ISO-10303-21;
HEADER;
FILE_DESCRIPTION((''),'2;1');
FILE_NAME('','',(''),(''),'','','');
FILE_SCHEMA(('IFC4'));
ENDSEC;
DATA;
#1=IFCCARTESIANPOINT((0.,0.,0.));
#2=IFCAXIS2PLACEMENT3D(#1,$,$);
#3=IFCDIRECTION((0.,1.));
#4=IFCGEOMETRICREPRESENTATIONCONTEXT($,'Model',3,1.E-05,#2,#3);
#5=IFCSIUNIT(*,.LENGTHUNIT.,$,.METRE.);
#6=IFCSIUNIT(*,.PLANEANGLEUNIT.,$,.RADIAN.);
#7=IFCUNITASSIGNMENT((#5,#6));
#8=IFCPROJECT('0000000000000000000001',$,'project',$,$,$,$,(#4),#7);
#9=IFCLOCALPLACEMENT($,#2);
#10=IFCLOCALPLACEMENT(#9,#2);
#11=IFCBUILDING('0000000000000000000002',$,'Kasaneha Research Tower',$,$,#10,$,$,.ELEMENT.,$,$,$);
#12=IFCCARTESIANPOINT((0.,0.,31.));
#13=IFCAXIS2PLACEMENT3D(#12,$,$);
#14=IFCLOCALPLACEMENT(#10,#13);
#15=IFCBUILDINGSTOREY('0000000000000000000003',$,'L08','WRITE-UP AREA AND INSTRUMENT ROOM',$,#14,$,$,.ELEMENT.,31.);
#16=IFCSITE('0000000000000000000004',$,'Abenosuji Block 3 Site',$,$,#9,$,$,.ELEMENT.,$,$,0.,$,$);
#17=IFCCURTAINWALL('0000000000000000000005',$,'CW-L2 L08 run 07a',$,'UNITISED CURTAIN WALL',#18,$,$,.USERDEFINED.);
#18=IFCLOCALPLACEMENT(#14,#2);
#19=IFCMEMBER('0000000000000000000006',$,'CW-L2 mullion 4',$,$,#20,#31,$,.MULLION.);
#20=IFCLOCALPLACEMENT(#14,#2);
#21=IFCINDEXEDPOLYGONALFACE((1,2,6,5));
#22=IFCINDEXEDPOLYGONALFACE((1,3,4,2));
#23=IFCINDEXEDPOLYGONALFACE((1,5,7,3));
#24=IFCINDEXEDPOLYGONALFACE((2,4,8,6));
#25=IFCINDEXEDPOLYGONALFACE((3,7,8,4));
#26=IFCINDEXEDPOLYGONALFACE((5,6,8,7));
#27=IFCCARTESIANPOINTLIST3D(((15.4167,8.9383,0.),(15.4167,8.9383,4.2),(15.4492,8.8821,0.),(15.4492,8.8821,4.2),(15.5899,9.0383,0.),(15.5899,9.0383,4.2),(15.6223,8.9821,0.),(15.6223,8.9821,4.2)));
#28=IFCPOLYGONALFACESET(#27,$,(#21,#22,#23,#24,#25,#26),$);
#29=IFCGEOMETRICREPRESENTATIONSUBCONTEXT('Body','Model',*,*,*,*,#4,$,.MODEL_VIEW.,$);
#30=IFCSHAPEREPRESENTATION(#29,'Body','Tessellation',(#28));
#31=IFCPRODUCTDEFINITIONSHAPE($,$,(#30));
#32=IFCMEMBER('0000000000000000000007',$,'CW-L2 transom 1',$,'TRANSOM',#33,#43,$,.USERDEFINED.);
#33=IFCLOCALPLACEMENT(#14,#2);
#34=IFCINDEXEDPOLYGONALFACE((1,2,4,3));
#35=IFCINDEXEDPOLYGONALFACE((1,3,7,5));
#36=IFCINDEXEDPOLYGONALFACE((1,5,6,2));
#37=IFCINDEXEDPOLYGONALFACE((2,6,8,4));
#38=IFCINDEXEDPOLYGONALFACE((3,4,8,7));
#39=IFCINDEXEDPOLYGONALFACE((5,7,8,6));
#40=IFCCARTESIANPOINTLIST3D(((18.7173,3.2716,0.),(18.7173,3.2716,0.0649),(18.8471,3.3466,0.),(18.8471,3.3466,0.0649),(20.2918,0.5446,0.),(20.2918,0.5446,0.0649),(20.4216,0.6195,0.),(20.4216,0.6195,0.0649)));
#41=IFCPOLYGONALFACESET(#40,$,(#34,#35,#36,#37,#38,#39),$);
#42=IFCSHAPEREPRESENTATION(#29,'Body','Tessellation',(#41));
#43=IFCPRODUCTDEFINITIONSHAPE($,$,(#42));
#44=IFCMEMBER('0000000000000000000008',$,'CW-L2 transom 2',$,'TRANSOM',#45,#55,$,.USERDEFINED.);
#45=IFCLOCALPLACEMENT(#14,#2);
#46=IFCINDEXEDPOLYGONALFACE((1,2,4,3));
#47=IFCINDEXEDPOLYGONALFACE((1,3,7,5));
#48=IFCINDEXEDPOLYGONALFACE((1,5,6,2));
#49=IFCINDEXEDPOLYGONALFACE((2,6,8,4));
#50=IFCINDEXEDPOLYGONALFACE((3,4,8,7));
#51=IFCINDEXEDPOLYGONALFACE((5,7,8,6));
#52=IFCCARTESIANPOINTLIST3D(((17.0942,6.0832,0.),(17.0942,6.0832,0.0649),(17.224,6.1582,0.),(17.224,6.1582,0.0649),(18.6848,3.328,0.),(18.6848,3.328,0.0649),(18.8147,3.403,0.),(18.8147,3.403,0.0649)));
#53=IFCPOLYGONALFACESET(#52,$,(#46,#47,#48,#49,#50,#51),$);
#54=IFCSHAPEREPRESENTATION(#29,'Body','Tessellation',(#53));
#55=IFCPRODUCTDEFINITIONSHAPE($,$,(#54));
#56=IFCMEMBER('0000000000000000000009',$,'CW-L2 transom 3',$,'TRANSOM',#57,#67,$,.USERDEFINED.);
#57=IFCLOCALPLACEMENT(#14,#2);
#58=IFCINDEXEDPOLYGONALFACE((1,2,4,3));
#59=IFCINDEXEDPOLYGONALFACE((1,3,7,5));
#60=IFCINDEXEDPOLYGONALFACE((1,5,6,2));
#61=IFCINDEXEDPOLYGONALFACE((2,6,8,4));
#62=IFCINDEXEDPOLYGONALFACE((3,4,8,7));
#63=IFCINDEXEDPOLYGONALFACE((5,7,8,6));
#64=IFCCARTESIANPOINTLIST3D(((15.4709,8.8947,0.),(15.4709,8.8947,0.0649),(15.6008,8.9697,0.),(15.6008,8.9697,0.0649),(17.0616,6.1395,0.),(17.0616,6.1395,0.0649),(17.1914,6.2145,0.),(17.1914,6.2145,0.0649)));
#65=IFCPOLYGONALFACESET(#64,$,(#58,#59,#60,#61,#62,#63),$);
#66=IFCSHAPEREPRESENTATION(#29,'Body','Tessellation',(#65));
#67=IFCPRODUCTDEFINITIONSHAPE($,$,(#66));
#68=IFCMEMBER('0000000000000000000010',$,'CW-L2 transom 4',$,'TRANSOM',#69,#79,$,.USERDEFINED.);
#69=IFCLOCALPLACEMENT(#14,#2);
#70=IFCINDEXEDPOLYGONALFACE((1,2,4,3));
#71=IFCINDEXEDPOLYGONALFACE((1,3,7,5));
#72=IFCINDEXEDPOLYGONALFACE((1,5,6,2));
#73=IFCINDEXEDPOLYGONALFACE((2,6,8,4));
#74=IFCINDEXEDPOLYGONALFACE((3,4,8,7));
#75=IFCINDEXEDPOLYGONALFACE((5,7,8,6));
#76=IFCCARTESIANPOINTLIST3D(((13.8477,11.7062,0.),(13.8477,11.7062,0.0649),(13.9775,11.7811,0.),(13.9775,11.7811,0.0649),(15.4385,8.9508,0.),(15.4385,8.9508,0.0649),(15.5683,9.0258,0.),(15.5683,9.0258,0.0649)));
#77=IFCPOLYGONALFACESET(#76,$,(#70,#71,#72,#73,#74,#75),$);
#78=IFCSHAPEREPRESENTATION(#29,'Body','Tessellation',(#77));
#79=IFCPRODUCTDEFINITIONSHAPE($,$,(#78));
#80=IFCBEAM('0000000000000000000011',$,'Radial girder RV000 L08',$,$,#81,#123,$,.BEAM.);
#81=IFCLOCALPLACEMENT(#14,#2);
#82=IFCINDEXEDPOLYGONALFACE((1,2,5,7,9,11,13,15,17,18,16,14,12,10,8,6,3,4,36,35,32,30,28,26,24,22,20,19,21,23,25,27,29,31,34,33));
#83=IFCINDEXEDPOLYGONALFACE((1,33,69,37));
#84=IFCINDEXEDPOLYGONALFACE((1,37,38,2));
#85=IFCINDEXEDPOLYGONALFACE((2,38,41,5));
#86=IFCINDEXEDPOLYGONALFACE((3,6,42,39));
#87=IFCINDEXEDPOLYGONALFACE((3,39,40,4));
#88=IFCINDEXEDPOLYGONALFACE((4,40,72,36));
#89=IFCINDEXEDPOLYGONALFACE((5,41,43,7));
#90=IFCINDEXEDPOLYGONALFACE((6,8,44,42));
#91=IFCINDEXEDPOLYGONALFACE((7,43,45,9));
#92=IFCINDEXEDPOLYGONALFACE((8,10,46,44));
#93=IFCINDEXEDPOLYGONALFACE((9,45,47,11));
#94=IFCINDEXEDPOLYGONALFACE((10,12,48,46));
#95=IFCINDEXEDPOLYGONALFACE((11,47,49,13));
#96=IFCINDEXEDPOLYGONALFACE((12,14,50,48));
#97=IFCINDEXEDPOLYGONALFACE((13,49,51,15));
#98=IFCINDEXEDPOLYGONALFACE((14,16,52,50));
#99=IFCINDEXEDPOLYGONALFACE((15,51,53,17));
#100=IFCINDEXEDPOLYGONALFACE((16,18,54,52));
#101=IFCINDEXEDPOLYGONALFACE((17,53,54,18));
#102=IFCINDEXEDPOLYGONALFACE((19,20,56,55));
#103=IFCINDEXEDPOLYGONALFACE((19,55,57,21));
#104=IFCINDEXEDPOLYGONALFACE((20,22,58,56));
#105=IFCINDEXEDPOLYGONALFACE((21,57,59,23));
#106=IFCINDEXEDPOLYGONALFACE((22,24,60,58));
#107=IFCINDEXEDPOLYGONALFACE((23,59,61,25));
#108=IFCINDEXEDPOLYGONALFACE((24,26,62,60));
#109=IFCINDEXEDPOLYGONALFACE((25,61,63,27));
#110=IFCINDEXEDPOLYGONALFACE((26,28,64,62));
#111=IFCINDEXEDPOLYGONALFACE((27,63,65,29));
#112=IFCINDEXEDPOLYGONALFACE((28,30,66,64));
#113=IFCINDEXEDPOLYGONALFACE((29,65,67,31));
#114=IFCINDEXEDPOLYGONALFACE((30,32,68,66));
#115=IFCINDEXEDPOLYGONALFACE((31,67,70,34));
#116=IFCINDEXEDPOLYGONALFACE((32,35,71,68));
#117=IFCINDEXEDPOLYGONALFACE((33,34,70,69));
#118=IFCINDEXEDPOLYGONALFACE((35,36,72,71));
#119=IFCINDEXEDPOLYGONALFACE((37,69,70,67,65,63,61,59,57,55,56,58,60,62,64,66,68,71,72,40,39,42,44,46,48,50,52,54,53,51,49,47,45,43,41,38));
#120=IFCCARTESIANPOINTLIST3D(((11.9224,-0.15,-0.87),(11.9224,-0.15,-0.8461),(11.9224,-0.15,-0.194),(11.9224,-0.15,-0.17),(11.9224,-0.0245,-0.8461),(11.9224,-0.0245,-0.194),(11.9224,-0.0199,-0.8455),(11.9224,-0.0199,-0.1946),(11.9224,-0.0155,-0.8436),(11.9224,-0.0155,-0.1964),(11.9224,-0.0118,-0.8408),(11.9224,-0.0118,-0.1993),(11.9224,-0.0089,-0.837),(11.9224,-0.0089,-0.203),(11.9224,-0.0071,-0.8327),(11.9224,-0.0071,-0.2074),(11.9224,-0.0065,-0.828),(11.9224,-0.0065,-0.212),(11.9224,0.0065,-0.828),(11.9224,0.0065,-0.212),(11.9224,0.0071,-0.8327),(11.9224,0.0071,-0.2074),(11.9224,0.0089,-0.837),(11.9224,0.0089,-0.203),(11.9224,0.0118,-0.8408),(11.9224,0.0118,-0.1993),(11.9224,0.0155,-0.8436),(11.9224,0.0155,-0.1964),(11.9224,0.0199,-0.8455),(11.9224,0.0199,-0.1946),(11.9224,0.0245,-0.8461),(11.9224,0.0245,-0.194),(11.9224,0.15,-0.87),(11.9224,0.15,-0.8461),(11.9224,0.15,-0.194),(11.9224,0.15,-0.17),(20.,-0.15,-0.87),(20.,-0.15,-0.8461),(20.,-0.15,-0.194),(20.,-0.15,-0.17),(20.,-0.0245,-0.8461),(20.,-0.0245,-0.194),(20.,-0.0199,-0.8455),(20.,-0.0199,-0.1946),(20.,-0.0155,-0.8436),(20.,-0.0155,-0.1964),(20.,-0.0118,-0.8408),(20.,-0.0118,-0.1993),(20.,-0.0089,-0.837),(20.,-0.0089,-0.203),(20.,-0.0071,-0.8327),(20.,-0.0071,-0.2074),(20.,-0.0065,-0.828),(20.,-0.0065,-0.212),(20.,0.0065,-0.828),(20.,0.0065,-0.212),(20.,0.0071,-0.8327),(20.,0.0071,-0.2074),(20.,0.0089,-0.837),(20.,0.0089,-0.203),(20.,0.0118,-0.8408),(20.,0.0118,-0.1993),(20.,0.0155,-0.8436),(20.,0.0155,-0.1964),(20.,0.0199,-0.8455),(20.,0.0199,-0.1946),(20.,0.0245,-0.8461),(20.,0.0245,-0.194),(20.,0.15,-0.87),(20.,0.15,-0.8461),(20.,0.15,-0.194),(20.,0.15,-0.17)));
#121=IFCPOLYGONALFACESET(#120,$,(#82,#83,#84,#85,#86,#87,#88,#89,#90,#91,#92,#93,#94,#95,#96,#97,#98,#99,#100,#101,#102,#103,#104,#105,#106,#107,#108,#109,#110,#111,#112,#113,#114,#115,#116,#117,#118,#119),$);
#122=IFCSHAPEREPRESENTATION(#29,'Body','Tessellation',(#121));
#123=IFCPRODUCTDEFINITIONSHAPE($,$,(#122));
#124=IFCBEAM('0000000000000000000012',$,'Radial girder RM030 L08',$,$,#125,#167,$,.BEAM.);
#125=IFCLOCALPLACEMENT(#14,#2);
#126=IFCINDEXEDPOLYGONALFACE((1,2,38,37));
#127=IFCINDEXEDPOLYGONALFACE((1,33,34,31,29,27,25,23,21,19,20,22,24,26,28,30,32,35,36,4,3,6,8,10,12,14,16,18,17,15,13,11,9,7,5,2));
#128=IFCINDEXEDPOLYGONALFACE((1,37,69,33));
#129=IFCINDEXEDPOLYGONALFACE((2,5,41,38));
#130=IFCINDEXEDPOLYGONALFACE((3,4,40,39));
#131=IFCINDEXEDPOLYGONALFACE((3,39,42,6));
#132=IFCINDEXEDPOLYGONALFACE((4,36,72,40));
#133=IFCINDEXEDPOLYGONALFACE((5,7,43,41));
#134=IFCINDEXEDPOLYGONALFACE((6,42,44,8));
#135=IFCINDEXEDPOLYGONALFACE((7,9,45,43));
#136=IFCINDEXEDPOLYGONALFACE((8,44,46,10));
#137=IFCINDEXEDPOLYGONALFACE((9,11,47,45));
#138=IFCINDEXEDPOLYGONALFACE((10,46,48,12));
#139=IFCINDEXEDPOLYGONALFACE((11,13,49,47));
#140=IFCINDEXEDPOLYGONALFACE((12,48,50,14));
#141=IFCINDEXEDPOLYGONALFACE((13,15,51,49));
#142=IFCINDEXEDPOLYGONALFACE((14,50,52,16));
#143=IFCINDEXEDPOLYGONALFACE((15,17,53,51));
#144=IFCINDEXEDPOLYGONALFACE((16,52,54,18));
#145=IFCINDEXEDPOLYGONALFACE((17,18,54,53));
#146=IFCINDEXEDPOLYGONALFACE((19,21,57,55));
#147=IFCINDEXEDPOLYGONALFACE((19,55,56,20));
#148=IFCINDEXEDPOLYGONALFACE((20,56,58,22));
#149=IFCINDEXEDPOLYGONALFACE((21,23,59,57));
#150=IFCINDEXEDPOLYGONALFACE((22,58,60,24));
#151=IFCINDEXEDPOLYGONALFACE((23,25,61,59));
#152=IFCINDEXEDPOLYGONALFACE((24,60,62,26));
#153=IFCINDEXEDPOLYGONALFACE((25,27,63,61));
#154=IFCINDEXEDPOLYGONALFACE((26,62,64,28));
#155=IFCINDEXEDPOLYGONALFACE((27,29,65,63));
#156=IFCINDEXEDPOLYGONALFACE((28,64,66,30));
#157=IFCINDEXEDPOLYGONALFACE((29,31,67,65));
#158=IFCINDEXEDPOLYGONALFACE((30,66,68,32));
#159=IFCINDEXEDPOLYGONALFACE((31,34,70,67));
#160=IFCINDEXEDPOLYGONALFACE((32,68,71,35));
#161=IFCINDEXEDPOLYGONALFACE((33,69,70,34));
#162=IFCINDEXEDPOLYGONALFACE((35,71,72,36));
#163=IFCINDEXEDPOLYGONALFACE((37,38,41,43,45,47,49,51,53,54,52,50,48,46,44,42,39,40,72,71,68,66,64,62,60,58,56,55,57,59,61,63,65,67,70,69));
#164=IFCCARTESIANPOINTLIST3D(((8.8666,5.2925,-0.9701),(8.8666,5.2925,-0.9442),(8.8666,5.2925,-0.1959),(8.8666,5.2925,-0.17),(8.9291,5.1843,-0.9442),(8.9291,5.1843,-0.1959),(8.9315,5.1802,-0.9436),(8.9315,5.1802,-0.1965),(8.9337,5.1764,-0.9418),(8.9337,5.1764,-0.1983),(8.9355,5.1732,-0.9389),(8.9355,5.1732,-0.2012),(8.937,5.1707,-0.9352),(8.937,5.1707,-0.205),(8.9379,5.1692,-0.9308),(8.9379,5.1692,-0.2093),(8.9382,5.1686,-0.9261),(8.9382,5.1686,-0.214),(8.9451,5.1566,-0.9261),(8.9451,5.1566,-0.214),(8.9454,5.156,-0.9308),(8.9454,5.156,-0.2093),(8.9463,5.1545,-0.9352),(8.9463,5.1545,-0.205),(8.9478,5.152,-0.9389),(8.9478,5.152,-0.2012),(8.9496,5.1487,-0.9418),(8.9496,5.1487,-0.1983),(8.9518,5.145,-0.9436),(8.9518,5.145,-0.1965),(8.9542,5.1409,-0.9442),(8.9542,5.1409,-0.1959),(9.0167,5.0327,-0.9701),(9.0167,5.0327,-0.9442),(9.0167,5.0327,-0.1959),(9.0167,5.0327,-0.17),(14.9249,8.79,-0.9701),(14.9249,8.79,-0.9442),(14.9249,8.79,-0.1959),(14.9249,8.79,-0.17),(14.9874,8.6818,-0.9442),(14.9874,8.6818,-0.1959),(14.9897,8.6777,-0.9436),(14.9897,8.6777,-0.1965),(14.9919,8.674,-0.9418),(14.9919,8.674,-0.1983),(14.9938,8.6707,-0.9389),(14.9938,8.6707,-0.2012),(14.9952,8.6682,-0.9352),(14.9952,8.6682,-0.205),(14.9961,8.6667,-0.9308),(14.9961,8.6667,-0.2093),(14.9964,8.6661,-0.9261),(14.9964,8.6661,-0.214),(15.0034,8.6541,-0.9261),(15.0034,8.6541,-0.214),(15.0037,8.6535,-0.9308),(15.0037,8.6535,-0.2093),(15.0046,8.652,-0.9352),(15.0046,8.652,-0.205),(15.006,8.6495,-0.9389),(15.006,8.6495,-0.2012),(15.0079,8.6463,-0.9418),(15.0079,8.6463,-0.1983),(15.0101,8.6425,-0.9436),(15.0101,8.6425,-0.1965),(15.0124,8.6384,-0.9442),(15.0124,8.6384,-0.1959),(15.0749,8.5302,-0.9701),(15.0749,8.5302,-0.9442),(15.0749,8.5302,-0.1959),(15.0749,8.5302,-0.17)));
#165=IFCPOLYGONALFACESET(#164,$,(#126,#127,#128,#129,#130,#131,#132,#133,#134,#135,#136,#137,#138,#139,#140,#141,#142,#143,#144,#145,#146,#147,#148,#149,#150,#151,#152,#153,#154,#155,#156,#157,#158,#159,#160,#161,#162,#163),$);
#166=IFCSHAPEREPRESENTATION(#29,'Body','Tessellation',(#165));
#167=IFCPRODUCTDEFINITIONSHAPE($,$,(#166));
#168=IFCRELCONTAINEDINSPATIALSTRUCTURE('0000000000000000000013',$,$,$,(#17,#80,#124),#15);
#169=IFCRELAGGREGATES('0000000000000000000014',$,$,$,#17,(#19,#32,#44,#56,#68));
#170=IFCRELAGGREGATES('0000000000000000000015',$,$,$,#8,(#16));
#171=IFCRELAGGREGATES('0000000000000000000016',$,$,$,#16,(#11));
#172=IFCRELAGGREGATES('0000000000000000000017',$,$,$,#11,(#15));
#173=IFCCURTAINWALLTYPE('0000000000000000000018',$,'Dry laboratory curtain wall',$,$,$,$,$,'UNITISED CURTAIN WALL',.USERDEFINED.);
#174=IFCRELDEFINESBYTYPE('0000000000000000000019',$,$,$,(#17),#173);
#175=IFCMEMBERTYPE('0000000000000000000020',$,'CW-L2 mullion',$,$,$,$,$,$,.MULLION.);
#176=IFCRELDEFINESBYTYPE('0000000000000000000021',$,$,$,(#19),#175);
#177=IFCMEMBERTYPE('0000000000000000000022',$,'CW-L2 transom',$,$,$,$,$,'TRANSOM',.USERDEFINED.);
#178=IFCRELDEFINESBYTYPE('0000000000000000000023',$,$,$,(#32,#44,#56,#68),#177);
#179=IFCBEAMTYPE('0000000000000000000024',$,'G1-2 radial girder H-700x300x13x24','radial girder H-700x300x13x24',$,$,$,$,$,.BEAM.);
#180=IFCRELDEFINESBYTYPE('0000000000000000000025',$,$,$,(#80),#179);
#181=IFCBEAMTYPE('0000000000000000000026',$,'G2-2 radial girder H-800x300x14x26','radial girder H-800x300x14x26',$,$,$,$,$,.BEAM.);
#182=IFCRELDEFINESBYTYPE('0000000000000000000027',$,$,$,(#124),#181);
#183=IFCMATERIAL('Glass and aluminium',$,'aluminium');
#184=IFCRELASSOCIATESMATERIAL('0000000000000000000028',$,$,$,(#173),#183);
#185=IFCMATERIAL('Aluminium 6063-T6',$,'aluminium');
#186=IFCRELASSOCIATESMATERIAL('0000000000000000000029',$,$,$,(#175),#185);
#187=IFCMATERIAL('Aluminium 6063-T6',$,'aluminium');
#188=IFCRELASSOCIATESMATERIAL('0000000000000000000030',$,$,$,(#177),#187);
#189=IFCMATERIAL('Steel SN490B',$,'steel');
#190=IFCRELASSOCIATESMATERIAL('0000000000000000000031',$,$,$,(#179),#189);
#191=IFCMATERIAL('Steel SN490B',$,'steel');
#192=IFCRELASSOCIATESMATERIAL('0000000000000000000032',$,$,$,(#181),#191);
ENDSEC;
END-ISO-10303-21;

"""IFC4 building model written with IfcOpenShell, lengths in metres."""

from ifc_helpers import new_model, si_unit, direction, frame, origin, origin_2d, place, context, subcontext, project, spatial, rectangle, i_section, extrude, material, material_profile, profile_set, type_object, element, aggregate, save


model = new_model("IFC4")

# Units and contexts
model_context = context("Model", 3, precision=1e-05, world=origin(), true_north=direction((0.0, 1.0)))
body_context = subcontext(model_context, "Body", "Model", "MODEL_VIEW")
ifc_project = project(units=[si_unit("LENGTHUNIT", "METRE"), si_unit("PLANEANGLEUNIT", "RADIAN")], contexts=[model_context])

# Site, building, storey
site_placement = place(None, origin())
site = spatial("IfcSite", under=ifc_project, at=site_placement, Name="Abenosuji Block 3 Site", CompositionType="ELEMENT", RefElevation=0.0)
building_placement = place(site_placement, origin())
building = spatial("IfcBuilding", under=site, at=building_placement, Name="Kasaneha Research Tower", CompositionType="ELEMENT")
storey_placement = place(building_placement, frame((0.0, 0.0, 31.0)))
storey = spatial("IfcBuildingStorey", under=building, at=storey_placement, Name="L08", Description="WRITE-UP AREA AND INSTRUMENT ROOM", CompositionType="ELEMENT", Elevation=31.0)

# Shared definitions
ifc_material_1 = material(Name="Glass and aluminium", Category="aluminium")
curtain_wall_type = type_object("IfcCurtainWallType", Name="Dry laboratory curtain wall", ElementType="UNITISED CURTAIN WALL", PredefinedType="USERDEFINED", material=ifc_material_1)
ifc_material_2 = material(Name="Aluminium 6063-T6", Category="aluminium")
ifc_material_profile_1 = material_profile(ifc_material_2, rectangle(XDim=0.0649, YDim=0.2, at=origin_2d()), Name="CW-L2 mullion 65x200")
ifc_profile_set_1 = profile_set([ifc_material_profile_1], Name="Aluminium 6063-T6")
member_type_1 = type_object("IfcMemberType", Name="CW-L2 mullion", PredefinedType="MULLION", material=ifc_profile_set_1)

# Curtain wall, members
curtain_wall_1_placement = place(storey_placement, origin())
curtain_wall_1 = element("IfcCurtainWall", 1, at=curtain_wall_1_placement, inside=storey, type_object=curtain_wall_type, Name="CW-L2 L08 run 07a", ObjectType="UNITISED CURTAIN WALL", PredefinedType="USERDEFINED")
member_1_placement = place(storey_placement, frame((15.5195, 8.9602, 0.0), z_axis=(0.0, 0.0, 1.0), x_axis=(-0.5, 0.866025, 0.0)))
member_1 = element("IfcMember", 2, at=member_1_placement, type_object=member_type_1, Name="CW-L2 mullion 4", PredefinedType="MULLION", context=body_context, shape_type="SweptSolid", body=[
    extrude(rectangle(XDim=0.0649, YDim=0.2, at=origin_2d()), origin(), (0.0, 0.0, 1.0), 4.2),
])
ifc_material_3 = material(Name="Aluminium 6063-T6", Category="aluminium")
ifc_material_profile_2 = material_profile(ifc_material_3, rectangle(XDim=0.1499, YDim=0.0649, at=origin_2d()), Name="CW-L2 transom 150x65")
ifc_profile_set_2 = profile_set([ifc_material_profile_2], Name="Aluminium 6063-T6")
member_type_2 = type_object("IfcMemberType", Name="CW-L2 transom", ElementType="TRANSOM", PredefinedType="USERDEFINED", material=ifc_profile_set_2)
member_2_placement = place(storey_placement, frame((20.3567, 0.582, 0.0325), z_axis=(-0.5, 0.866025, 0.0), x_axis=(-0.866025, -0.5, 0.0)))
member_2 = element("IfcMember", 3, at=member_2_placement, type_object=member_type_2, Name="CW-L2 transom 1", ObjectType="TRANSOM", PredefinedType="USERDEFINED", context=body_context, shape_type="SweptSolid", body=[
    extrude(rectangle(XDim=0.1499, YDim=0.0649, at=origin_2d()), origin(), (0.0, 0.0, 1.0), 3.1489),
])
member_3_placement = place(storey_placement, frame((18.7498, 3.3655, 0.0325), z_axis=(-0.499977, 0.866039, 0.0), x_axis=(-0.866039, -0.499977, 0.0)))
member_3 = element("IfcMember", 4, at=member_3_placement, type_object=member_type_2, Name="CW-L2 transom 2", ObjectType="TRANSOM", PredefinedType="USERDEFINED", context=body_context, shape_type="SweptSolid", body=[
    extrude(rectangle(XDim=0.1499, YDim=0.0649, at=origin_2d()), origin(), (0.0, 0.0, 1.0), 3.1814),
])
member_4_placement = place(storey_placement, frame((17.1265, 6.177, 0.0325), z_axis=(-0.499977, 0.866039, 0.0), x_axis=(-0.866039, -0.499977, 0.0)))
member_4 = element("IfcMember", 5, at=member_4_placement, type_object=member_type_2, Name="CW-L2 transom 3", ObjectType="TRANSOM", PredefinedType="USERDEFINED", context=body_context, shape_type="SweptSolid", body=[
    extrude(rectangle(XDim=0.1499, YDim=0.0649, at=origin_2d()), origin(), (0.0, 0.0, 1.0), 3.1814),
])
member_5_placement = place(storey_placement, frame((15.5034, 8.9883, 0.0325), z_axis=(-0.500001, 0.866025, 0.0), x_axis=(-0.866025, -0.500001, 0.0)))
member_5 = element("IfcMember", 6, at=member_5_placement, type_object=member_type_2, Name="CW-L2 transom 4", ObjectType="TRANSOM", PredefinedType="USERDEFINED", context=body_context, shape_type="SweptSolid", body=[
    extrude(rectangle(XDim=0.1499, YDim=0.0649, at=origin_2d()), origin(), (0.0, 0.0, 1.0), 3.1816),
])

# Beams
ifc_material_4 = material(Name="Steel SN490B", Category="steel")
ifc_material_profile_3 = material_profile(ifc_material_4, i_section(OverallWidth=0.3, OverallDepth=0.7, WebThickness=0.0129, FlangeThickness=0.0239, FilletRadius=0.0181, at=origin_2d()), Name="H-700x300x13x24")
ifc_profile_set_3 = profile_set([ifc_material_profile_3], Name="Steel SN490B")
beam_type_1 = type_object("IfcBeamType", Name="G1-2 radial girder H-700x300x13x24", Description="radial girder H-700x300x13x24", PredefinedType="BEAM", material=ifc_profile_set_3)
beam_1_placement = place(storey_placement, frame((11.9224, 0.0, -0.52), z_axis=(1.0, 0.0, 0.0), x_axis=(0.0, 1.0, 0.0)))
element("IfcBeam", 7, at=beam_1_placement, inside=storey, type_object=beam_type_1, Name="Radial girder RV000 L08", PredefinedType="BEAM", context=body_context, shape_type="SweptSolid", body=[
    extrude(i_section(OverallWidth=0.3, OverallDepth=0.7, WebThickness=0.0129, FlangeThickness=0.0239, FilletRadius=0.0181, at=origin_2d()), origin(), (0.0, 0.0, 1.0), 8.0776),
])
ifc_material_5 = material(Name="Steel SN490B", Category="steel")
ifc_material_profile_4 = material_profile(ifc_material_5, i_section(OverallWidth=0.3, OverallDepth=0.8, WebThickness=0.0139, FlangeThickness=0.0259, FilletRadius=0.0181, at=origin_2d()), Name="H-800x300x14x26")
ifc_profile_set_4 = profile_set([ifc_material_profile_4], Name="Steel SN490B")
beam_type_2 = type_object("IfcBeamType", Name="G2-2 radial girder H-800x300x14x26", Description="radial girder H-800x300x14x26", PredefinedType="BEAM", material=ifc_profile_set_4)
beam_2_placement = place(storey_placement, frame((8.9417, 5.1626, -0.5701), z_axis=(0.86604, 0.499975, 0.0), x_axis=(-0.499975, 0.86604, 0.0)))
element("IfcBeam", 8, at=beam_2_placement, inside=storey, type_object=beam_type_2, Name="Radial girder RM030 L08", PredefinedType="BEAM", context=body_context, shape_type="SweptSolid", body=[
    extrude(i_section(OverallWidth=0.3, OverallDepth=0.8, WebThickness=0.0139, FlangeThickness=0.0259, FilletRadius=0.0181, at=origin_2d()), origin(), (0.0, 0.0, 1.0), 6.9954),
])

aggregate(curtain_wall_1, [member_1, member_2, member_3, member_4, member_5])

save(model, "model.ifc")
